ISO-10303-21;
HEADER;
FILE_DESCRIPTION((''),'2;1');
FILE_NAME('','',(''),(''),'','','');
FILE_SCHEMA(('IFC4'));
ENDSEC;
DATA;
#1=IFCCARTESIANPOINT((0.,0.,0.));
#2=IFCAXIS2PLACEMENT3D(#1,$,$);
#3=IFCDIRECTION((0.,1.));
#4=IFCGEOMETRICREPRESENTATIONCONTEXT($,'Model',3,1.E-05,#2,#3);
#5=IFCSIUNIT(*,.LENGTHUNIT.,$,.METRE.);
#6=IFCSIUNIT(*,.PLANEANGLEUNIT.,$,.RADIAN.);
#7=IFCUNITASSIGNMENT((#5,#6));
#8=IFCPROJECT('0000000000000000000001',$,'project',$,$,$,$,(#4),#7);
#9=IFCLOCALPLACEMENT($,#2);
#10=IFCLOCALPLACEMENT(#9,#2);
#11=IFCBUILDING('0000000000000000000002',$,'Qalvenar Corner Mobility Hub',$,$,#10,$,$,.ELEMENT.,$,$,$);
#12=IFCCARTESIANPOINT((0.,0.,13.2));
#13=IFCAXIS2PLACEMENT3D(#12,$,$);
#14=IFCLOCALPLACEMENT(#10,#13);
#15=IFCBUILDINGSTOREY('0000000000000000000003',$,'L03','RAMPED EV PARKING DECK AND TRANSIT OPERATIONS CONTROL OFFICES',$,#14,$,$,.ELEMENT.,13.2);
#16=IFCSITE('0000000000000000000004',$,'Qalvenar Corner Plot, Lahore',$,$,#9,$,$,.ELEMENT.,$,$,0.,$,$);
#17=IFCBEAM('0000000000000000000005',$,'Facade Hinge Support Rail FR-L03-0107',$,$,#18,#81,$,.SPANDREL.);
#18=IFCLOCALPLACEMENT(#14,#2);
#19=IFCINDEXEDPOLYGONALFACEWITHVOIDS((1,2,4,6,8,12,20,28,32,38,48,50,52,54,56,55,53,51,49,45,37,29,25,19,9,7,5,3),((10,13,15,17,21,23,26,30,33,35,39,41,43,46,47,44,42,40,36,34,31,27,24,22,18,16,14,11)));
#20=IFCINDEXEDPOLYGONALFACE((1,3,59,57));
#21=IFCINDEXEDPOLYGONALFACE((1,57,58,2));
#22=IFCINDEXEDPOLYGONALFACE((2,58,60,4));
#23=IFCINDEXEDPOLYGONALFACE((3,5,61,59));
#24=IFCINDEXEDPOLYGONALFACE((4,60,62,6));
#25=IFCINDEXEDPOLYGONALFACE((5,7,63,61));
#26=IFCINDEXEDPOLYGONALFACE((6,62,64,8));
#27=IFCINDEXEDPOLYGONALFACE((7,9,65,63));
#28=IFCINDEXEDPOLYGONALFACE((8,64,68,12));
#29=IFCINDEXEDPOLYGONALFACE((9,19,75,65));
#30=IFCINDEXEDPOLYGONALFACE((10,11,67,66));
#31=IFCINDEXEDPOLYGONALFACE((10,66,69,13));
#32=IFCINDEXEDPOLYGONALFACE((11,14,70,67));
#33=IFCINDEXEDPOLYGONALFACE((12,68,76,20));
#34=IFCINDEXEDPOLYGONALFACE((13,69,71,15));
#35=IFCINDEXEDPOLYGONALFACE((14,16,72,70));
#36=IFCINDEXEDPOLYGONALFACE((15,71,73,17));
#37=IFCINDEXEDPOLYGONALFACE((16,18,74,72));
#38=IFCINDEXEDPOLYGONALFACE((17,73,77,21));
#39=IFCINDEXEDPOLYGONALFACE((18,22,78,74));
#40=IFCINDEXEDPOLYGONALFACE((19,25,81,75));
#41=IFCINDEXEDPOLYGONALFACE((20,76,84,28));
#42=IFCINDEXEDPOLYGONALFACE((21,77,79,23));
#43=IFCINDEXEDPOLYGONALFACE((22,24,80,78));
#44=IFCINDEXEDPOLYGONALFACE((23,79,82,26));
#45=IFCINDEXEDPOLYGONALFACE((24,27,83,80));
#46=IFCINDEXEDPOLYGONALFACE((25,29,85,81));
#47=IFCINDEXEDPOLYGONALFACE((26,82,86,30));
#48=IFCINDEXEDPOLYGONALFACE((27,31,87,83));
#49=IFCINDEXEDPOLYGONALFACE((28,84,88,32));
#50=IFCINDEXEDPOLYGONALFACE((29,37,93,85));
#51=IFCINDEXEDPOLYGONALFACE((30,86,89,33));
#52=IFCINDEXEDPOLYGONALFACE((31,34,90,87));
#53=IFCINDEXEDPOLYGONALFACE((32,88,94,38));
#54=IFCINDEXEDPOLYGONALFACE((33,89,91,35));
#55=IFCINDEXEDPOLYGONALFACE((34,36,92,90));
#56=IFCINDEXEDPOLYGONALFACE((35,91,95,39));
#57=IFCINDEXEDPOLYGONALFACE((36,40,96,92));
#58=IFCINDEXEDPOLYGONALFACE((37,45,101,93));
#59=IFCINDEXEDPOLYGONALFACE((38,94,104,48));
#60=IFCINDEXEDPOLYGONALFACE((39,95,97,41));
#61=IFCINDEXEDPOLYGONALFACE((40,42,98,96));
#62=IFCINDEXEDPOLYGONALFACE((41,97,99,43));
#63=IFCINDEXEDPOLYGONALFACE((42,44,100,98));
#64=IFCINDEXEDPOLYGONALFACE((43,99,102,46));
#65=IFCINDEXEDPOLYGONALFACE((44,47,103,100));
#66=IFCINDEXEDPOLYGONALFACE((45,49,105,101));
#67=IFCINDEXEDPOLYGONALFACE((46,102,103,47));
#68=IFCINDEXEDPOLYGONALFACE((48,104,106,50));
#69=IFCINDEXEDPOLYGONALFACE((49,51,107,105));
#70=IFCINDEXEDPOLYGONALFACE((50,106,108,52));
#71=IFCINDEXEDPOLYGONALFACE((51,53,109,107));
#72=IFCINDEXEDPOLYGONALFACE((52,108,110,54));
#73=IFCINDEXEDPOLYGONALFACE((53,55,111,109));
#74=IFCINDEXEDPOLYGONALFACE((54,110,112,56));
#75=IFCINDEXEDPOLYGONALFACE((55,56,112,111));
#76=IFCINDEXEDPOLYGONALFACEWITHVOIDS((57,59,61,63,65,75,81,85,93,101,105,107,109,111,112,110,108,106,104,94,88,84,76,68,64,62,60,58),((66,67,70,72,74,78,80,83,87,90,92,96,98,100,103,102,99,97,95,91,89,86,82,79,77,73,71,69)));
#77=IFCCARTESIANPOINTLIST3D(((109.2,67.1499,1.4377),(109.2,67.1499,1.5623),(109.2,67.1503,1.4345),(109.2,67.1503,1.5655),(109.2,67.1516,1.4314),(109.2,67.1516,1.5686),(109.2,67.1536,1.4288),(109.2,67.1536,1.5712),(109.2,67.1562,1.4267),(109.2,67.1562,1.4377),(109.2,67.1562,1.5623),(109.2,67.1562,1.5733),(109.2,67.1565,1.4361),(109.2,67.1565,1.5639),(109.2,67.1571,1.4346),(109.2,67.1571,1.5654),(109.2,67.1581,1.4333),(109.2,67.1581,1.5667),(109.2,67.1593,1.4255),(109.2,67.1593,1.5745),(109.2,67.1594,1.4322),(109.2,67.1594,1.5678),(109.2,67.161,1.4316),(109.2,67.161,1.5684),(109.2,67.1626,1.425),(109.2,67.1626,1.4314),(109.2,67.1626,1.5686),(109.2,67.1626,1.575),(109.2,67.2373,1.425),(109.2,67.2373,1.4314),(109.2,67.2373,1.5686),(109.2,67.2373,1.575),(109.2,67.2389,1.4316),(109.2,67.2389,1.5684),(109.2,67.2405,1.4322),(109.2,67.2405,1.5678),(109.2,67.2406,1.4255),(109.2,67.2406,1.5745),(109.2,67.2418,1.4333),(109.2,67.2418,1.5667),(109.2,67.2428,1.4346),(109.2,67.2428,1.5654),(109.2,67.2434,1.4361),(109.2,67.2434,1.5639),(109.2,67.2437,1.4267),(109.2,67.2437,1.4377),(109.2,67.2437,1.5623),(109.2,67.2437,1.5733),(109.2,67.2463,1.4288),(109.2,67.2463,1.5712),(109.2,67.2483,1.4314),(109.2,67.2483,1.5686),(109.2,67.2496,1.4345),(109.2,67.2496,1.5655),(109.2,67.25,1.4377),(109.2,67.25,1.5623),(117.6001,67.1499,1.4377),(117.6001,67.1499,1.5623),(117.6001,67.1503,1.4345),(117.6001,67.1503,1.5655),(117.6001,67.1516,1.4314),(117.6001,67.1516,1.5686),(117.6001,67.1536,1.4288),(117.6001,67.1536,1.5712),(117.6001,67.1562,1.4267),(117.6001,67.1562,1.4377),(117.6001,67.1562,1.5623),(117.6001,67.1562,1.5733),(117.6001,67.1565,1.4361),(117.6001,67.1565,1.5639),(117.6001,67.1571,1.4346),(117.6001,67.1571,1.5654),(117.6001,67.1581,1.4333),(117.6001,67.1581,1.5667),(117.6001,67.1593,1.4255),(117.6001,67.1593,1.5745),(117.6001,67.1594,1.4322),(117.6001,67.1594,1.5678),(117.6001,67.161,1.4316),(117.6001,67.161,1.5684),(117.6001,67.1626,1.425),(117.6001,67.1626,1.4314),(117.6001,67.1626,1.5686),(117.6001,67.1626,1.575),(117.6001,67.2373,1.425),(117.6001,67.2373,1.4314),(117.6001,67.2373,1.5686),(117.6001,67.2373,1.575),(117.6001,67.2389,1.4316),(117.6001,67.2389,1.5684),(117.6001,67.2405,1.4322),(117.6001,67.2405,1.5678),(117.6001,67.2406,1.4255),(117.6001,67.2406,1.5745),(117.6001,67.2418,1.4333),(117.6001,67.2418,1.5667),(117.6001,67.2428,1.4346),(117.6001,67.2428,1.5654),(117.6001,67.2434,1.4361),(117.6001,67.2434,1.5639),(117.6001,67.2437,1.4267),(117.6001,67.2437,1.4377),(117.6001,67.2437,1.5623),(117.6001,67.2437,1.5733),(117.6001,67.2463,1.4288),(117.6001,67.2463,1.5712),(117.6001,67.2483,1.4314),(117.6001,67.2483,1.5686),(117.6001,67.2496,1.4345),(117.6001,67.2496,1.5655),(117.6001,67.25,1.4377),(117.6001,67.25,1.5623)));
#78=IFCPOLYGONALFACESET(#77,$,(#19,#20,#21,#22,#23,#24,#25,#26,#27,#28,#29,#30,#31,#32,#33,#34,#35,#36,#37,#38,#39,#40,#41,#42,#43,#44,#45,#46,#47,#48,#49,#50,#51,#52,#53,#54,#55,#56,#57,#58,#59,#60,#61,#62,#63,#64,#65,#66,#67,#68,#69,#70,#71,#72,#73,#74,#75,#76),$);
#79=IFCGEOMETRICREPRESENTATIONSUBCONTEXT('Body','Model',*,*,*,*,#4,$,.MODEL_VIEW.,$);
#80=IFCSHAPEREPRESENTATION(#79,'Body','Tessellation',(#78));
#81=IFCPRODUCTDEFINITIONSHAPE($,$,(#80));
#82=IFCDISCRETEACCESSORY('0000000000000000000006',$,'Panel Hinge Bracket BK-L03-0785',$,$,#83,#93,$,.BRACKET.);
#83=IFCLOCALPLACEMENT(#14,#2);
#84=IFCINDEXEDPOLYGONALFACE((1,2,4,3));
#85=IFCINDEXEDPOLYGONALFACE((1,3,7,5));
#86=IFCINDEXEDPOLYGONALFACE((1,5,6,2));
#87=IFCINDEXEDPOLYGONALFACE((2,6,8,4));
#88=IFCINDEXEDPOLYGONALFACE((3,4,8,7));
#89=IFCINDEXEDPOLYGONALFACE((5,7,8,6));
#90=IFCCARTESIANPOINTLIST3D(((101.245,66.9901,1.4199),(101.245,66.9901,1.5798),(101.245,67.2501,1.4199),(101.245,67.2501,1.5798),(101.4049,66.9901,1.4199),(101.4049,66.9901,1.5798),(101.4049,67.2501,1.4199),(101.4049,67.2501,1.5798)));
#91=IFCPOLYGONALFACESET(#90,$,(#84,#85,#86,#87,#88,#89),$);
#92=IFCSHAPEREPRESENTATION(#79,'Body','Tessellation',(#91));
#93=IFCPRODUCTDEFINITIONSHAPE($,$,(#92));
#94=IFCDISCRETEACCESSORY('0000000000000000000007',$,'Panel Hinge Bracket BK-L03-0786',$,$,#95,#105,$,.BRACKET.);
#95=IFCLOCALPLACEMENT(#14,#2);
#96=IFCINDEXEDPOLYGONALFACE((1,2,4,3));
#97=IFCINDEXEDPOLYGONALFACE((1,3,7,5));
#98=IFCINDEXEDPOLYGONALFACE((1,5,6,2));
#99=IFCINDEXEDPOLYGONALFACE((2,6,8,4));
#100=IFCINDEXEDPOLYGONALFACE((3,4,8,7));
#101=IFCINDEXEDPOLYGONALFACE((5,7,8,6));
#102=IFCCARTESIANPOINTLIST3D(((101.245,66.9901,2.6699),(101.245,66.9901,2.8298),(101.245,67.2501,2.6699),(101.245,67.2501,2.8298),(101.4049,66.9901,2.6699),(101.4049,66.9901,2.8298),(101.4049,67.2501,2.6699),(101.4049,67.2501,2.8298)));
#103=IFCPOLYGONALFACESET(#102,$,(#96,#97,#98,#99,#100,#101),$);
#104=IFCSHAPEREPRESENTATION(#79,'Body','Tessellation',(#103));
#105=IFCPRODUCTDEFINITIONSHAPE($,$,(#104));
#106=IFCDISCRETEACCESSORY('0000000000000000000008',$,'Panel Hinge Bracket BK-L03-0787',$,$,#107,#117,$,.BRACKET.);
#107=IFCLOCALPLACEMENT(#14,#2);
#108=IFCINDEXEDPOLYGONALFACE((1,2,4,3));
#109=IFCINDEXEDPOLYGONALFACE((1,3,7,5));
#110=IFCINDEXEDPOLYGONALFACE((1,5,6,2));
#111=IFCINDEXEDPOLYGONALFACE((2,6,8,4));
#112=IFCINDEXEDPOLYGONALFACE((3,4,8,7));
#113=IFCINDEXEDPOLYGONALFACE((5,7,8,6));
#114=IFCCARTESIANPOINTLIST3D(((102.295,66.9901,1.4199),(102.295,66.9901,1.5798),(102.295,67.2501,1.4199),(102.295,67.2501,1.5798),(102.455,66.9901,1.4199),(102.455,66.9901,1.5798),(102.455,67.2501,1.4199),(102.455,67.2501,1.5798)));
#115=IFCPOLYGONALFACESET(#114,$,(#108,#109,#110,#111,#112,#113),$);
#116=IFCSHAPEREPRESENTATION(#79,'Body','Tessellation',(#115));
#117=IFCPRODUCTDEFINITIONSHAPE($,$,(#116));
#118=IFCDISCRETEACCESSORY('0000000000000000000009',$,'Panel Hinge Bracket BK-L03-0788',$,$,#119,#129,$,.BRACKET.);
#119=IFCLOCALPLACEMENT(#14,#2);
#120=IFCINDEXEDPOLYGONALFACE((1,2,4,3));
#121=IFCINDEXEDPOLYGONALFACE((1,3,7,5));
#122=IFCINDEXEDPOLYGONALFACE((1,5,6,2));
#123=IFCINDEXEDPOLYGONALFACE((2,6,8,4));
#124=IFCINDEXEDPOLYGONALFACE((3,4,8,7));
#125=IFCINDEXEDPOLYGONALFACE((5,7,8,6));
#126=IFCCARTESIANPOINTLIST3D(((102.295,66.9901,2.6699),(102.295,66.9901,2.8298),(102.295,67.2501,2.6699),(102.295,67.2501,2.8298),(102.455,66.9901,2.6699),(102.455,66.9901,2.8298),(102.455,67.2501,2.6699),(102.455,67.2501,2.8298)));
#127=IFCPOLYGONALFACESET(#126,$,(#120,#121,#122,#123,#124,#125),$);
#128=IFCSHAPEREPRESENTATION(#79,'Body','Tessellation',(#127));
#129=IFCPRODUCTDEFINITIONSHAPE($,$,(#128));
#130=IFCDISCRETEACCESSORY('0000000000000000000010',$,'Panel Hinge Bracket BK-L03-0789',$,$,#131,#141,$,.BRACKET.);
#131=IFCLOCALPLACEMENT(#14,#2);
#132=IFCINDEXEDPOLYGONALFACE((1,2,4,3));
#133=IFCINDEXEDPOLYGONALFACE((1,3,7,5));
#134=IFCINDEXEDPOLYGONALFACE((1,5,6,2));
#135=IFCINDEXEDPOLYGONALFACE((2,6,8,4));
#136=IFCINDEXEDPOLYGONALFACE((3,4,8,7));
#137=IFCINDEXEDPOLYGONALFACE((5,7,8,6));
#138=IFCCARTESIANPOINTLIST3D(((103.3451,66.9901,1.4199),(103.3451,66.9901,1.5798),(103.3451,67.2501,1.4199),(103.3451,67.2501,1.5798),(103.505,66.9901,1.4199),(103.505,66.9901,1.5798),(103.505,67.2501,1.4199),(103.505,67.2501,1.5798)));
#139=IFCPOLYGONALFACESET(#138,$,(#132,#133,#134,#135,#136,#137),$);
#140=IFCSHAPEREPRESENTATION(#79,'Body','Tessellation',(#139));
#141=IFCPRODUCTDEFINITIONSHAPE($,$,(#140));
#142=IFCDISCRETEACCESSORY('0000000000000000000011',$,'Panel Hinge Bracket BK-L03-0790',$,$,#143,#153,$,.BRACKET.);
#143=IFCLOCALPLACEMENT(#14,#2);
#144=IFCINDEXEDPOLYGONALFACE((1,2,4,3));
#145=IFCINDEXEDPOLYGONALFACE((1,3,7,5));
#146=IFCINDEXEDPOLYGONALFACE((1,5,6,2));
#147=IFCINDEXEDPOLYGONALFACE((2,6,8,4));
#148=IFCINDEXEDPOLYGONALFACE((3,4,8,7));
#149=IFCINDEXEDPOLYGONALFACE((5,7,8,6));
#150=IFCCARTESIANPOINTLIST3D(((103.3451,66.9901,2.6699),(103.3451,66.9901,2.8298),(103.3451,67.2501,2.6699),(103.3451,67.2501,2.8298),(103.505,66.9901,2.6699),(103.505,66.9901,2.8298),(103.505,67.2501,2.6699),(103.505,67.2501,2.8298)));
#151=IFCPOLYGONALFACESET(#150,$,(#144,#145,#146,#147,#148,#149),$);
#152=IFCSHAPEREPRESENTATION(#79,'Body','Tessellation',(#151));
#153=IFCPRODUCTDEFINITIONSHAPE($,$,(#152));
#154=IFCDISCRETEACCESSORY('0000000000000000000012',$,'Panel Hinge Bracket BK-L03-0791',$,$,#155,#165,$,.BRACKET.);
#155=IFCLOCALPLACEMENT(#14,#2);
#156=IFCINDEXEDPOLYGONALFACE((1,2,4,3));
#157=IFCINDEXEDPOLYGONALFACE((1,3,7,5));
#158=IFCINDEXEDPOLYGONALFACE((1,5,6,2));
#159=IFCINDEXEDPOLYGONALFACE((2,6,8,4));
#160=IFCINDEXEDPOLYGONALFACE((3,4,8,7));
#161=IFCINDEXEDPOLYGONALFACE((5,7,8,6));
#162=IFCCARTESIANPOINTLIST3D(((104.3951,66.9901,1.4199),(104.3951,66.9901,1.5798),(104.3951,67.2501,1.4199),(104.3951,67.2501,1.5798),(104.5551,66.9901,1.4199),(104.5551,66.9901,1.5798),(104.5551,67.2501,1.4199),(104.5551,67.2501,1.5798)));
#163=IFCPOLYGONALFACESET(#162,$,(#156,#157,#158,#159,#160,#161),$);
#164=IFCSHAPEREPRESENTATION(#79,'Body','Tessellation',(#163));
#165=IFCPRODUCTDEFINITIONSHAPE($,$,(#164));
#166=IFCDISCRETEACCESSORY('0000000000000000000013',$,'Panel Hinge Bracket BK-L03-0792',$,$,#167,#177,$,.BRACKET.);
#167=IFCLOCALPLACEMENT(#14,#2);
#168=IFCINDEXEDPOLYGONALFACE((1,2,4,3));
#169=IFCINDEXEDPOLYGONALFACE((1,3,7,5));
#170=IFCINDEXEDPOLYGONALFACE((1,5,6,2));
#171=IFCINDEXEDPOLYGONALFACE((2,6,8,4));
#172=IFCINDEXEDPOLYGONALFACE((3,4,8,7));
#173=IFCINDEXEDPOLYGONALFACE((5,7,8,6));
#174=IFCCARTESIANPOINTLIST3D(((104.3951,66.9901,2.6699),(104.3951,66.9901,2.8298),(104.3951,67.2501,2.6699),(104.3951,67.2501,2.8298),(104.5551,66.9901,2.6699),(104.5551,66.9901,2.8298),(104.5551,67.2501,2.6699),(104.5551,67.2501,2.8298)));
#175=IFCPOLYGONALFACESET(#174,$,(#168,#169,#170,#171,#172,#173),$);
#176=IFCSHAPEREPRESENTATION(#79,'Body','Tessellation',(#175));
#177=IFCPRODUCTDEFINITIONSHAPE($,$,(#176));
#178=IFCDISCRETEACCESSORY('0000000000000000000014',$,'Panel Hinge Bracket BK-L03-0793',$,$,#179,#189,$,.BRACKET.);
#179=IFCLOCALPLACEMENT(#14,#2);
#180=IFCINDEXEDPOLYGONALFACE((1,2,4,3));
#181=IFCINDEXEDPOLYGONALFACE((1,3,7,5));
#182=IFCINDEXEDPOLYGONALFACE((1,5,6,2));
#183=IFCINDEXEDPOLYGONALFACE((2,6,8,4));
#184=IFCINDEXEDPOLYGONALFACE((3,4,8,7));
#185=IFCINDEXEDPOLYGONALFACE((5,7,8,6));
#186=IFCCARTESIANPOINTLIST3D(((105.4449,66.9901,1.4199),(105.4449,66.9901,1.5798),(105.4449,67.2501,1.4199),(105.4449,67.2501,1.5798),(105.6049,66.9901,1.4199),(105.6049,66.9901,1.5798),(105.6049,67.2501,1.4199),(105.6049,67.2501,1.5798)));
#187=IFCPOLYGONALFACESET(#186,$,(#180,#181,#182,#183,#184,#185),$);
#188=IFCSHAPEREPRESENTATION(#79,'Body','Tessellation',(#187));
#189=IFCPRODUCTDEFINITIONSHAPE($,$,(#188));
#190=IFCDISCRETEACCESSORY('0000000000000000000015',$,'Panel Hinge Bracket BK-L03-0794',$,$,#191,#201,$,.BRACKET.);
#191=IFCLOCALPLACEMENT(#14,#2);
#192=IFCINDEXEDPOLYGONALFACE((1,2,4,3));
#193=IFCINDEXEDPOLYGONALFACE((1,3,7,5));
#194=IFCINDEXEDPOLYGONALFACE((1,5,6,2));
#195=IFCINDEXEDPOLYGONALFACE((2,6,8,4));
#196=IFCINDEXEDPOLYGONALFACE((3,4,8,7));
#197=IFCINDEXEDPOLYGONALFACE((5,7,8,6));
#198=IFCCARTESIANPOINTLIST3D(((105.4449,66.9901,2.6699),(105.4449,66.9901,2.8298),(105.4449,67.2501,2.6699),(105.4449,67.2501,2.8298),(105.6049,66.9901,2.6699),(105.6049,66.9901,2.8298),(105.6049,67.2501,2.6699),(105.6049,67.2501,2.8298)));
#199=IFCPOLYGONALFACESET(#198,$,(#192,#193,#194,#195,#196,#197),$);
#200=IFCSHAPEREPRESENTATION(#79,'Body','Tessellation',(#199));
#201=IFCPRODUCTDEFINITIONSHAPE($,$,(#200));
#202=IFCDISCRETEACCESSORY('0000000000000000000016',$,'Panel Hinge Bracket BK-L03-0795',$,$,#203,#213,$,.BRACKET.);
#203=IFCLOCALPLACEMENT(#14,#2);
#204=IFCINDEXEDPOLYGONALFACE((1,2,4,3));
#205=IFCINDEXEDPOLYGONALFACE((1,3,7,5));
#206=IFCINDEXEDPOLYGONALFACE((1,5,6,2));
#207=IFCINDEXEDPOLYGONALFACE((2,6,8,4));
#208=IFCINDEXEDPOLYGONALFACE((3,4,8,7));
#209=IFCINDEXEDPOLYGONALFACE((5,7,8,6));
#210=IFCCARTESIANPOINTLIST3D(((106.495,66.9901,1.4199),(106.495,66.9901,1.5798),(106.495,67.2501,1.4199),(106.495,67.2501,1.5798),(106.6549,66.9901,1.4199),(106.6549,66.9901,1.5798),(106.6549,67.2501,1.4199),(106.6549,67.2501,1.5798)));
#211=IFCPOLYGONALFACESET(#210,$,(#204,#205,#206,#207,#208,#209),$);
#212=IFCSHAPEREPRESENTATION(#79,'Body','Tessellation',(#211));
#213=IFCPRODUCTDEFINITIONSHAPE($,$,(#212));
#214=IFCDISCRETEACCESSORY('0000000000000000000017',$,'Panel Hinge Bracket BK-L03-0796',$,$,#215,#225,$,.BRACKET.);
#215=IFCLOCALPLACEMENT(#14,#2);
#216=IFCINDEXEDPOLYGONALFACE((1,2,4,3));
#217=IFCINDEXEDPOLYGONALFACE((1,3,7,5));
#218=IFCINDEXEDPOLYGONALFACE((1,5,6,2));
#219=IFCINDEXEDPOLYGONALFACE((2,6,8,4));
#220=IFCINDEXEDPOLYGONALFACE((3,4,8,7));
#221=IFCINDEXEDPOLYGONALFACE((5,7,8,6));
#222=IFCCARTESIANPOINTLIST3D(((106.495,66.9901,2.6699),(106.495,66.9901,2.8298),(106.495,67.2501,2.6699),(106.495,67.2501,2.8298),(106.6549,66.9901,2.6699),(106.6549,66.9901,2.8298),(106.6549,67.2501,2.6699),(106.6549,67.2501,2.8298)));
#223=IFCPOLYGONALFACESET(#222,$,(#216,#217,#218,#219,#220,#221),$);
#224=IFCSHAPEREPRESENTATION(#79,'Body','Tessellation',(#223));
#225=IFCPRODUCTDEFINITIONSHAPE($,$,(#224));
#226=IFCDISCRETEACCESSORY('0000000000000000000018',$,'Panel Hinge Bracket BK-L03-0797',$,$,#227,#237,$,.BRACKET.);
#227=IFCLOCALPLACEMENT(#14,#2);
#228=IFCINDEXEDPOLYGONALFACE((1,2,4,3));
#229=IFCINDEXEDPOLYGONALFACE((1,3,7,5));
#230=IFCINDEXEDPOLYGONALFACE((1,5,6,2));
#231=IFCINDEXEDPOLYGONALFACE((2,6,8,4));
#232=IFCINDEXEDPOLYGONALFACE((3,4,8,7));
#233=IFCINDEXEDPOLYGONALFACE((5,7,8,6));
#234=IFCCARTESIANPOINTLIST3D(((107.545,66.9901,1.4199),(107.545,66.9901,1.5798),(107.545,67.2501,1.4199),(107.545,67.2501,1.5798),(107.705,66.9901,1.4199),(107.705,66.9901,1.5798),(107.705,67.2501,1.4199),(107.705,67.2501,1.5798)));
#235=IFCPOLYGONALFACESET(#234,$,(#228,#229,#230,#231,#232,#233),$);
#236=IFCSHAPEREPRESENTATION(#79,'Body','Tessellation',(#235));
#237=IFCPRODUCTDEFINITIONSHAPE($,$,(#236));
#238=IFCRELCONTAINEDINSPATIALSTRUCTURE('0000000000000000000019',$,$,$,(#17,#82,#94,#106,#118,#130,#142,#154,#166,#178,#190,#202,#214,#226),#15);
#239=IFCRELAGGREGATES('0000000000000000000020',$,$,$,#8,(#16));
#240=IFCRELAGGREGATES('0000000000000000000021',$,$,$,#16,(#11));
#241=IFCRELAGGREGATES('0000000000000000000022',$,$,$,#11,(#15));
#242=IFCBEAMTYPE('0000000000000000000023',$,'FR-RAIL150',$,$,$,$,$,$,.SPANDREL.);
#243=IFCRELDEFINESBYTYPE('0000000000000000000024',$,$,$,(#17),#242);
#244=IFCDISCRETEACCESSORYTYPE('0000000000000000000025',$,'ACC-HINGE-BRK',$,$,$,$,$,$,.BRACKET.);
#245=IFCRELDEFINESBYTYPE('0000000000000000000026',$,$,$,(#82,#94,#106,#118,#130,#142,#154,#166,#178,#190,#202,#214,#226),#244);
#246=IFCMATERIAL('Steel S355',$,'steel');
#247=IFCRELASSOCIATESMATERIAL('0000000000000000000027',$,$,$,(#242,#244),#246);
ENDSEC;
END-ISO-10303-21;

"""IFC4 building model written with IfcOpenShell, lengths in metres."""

from ifc_helpers import new_model, si_unit, direction, frame, origin, origin_2d, place, context, subcontext, project, spatial, rectangle, hollow_rectangle, extrude, material, material_profile, profile_set, type_object, element, save


model = new_model("IFC4")

# Units and contexts
model_context = context("Model", 3, precision=1e-05, world=origin(), true_north=direction((0.0, 1.0)))
body_context = subcontext(model_context, "Body", "Model", "MODEL_VIEW")
ifc_project = project(units=[si_unit("LENGTHUNIT", "METRE"), si_unit("PLANEANGLEUNIT", "RADIAN")], contexts=[model_context])

# Site, building, storey
site_placement = place(None, origin())
site = spatial("IfcSite", under=ifc_project, at=site_placement, Name="Qalvenar Corner Plot, Lahore", CompositionType="ELEMENT", RefElevation=0.0)
building_placement = place(site_placement, origin())
building = spatial("IfcBuilding", under=site, at=building_placement, Name="Qalvenar Corner Mobility Hub", CompositionType="ELEMENT")
storey_placement = place(building_placement, frame((0.0, 0.0, 13.2)))
storey = spatial("IfcBuildingStorey", under=building, at=storey_placement, Name="L03", Description="RAMPED EV PARKING DECK AND TRANSIT OPERATIONS CONTROL OFFICES", CompositionType="ELEMENT", Elevation=13.2)

# Shared definitions
ifc_material = material(Name="Steel S355", Category="steel")

# Beam
ifc_material_profile_1 = material_profile(ifc_material, hollow_rectangle(XDim=0.1001, YDim=0.1499, WallThickness=0.0063, InnerFilletRadius=0.0063, OuterFilletRadius=0.0127, at=origin_2d()), Name="RHS150x100x6.3")
ifc_profile_set_1 = profile_set([ifc_material_profile_1], Name="Steel S355")
beam_type_1 = type_object("IfcBeamType", Name="FR-RAIL150", PredefinedType="SPANDREL", material=ifc_profile_set_1)
beam_1_placement = place(storey_placement, frame((109.2, 67.2, 1.5), z_axis=(1.0, 0.0, 0.0), x_axis=(0.0, 1.0, 0.0)))
element("IfcBeam", 1, at=beam_1_placement, inside=storey, type_object=beam_type_1, Name="Facade Hinge Support Rail FR-L03-0107", PredefinedType="SPANDREL", context=body_context, shape_type="SweptSolid", body=[
    extrude(hollow_rectangle(XDim=0.1001, YDim=0.1499, WallThickness=0.0063, InnerFilletRadius=0.0063, OuterFilletRadius=0.0127, at=origin_2d()), origin(), (0.0, 0.0, 1.0), 8.4001),
])

# Discrete accessories
discrete_accessory_type = type_object("IfcDiscreteAccessoryType", Name="ACC-HINGE-BRK", PredefinedType="BRACKET", material=ifc_material)
for number, where, z_axis, x_axis, name in (
    (2, (101.325, 67.1201, 1.4199), (0.0, 0.0, 1.0), (1.0, 0.0, 0.0), "Panel Hinge Bracket BK-L03-0785"),
    (3, (101.325, 67.1201, 2.6699), (0.0, 0.0, 1.0), (1.0, 0.0, 0.0), "Panel Hinge Bracket BK-L03-0786"),
    (4, (102.375, 67.1201, 1.4199), (0.0, 0.0, 1.0), (1.0, 0.0, 0.0), "Panel Hinge Bracket BK-L03-0787"),
    (5, (102.375, 67.1201, 2.6699), (0.0, 0.0, 1.0), (1.0, 0.0, 0.0), "Panel Hinge Bracket BK-L03-0788"),
    (6, (103.425, 67.1201, 1.4199), (0.0, 0.0, 1.0), (1.0, 0.0, 0.0), "Panel Hinge Bracket BK-L03-0789"),
    (7, (103.425, 67.1201, 2.6699), (0.0, 0.0, 1.0), (1.0, 0.0, 0.0), "Panel Hinge Bracket BK-L03-0790"),
    (8, (104.4751, 67.1201, 1.4199), (0.0, 0.0, 1.0), (1.0, 0.0, 0.0), "Panel Hinge Bracket BK-L03-0791"),
    (9, (104.4751, 67.1201, 2.6699), (0.0, 0.0, 1.0), (1.0, 0.0, 0.0), "Panel Hinge Bracket BK-L03-0792"),
    (10, (105.5249, 67.1201, 1.4199), (0.0, 0.0, 1.0), (1.0, 0.0, 0.0), "Panel Hinge Bracket BK-L03-0793"),
    (11, (105.5249, 67.1201, 2.6699), (0.0, 0.0, 1.0), (1.0, 0.0, 0.0), "Panel Hinge Bracket BK-L03-0794"),
    (12, (106.575, 67.1201, 1.4199), (0.0, 0.0, 1.0), (1.0, 0.0, 0.0), "Panel Hinge Bracket BK-L03-0795"),
    (13, (106.575, 67.1201, 2.6699), (0.0, 0.0, 1.0), (1.0, 0.0, 0.0), "Panel Hinge Bracket BK-L03-0796"),
    (14, (107.625, 67.1201, 1.4199), (0.0, 0.0, 1.0), (1.0, 0.0, 0.0), "Panel Hinge Bracket BK-L03-0797"),
):
    element("IfcDiscreteAccessory", number, at=place(storey_placement, frame(where, z_axis=z_axis, x_axis=x_axis)), inside=storey, type_object=discrete_accessory_type, Name=name, PredefinedType="BRACKET", context=body_context, shape_type="SweptSolid", body=[
        extrude(rectangle(XDim=0.1599, YDim=0.26, at=origin_2d()), origin(), (0.0, 0.0, 1.0), 0.1599),
    ])

save(model, "model.ifc")
